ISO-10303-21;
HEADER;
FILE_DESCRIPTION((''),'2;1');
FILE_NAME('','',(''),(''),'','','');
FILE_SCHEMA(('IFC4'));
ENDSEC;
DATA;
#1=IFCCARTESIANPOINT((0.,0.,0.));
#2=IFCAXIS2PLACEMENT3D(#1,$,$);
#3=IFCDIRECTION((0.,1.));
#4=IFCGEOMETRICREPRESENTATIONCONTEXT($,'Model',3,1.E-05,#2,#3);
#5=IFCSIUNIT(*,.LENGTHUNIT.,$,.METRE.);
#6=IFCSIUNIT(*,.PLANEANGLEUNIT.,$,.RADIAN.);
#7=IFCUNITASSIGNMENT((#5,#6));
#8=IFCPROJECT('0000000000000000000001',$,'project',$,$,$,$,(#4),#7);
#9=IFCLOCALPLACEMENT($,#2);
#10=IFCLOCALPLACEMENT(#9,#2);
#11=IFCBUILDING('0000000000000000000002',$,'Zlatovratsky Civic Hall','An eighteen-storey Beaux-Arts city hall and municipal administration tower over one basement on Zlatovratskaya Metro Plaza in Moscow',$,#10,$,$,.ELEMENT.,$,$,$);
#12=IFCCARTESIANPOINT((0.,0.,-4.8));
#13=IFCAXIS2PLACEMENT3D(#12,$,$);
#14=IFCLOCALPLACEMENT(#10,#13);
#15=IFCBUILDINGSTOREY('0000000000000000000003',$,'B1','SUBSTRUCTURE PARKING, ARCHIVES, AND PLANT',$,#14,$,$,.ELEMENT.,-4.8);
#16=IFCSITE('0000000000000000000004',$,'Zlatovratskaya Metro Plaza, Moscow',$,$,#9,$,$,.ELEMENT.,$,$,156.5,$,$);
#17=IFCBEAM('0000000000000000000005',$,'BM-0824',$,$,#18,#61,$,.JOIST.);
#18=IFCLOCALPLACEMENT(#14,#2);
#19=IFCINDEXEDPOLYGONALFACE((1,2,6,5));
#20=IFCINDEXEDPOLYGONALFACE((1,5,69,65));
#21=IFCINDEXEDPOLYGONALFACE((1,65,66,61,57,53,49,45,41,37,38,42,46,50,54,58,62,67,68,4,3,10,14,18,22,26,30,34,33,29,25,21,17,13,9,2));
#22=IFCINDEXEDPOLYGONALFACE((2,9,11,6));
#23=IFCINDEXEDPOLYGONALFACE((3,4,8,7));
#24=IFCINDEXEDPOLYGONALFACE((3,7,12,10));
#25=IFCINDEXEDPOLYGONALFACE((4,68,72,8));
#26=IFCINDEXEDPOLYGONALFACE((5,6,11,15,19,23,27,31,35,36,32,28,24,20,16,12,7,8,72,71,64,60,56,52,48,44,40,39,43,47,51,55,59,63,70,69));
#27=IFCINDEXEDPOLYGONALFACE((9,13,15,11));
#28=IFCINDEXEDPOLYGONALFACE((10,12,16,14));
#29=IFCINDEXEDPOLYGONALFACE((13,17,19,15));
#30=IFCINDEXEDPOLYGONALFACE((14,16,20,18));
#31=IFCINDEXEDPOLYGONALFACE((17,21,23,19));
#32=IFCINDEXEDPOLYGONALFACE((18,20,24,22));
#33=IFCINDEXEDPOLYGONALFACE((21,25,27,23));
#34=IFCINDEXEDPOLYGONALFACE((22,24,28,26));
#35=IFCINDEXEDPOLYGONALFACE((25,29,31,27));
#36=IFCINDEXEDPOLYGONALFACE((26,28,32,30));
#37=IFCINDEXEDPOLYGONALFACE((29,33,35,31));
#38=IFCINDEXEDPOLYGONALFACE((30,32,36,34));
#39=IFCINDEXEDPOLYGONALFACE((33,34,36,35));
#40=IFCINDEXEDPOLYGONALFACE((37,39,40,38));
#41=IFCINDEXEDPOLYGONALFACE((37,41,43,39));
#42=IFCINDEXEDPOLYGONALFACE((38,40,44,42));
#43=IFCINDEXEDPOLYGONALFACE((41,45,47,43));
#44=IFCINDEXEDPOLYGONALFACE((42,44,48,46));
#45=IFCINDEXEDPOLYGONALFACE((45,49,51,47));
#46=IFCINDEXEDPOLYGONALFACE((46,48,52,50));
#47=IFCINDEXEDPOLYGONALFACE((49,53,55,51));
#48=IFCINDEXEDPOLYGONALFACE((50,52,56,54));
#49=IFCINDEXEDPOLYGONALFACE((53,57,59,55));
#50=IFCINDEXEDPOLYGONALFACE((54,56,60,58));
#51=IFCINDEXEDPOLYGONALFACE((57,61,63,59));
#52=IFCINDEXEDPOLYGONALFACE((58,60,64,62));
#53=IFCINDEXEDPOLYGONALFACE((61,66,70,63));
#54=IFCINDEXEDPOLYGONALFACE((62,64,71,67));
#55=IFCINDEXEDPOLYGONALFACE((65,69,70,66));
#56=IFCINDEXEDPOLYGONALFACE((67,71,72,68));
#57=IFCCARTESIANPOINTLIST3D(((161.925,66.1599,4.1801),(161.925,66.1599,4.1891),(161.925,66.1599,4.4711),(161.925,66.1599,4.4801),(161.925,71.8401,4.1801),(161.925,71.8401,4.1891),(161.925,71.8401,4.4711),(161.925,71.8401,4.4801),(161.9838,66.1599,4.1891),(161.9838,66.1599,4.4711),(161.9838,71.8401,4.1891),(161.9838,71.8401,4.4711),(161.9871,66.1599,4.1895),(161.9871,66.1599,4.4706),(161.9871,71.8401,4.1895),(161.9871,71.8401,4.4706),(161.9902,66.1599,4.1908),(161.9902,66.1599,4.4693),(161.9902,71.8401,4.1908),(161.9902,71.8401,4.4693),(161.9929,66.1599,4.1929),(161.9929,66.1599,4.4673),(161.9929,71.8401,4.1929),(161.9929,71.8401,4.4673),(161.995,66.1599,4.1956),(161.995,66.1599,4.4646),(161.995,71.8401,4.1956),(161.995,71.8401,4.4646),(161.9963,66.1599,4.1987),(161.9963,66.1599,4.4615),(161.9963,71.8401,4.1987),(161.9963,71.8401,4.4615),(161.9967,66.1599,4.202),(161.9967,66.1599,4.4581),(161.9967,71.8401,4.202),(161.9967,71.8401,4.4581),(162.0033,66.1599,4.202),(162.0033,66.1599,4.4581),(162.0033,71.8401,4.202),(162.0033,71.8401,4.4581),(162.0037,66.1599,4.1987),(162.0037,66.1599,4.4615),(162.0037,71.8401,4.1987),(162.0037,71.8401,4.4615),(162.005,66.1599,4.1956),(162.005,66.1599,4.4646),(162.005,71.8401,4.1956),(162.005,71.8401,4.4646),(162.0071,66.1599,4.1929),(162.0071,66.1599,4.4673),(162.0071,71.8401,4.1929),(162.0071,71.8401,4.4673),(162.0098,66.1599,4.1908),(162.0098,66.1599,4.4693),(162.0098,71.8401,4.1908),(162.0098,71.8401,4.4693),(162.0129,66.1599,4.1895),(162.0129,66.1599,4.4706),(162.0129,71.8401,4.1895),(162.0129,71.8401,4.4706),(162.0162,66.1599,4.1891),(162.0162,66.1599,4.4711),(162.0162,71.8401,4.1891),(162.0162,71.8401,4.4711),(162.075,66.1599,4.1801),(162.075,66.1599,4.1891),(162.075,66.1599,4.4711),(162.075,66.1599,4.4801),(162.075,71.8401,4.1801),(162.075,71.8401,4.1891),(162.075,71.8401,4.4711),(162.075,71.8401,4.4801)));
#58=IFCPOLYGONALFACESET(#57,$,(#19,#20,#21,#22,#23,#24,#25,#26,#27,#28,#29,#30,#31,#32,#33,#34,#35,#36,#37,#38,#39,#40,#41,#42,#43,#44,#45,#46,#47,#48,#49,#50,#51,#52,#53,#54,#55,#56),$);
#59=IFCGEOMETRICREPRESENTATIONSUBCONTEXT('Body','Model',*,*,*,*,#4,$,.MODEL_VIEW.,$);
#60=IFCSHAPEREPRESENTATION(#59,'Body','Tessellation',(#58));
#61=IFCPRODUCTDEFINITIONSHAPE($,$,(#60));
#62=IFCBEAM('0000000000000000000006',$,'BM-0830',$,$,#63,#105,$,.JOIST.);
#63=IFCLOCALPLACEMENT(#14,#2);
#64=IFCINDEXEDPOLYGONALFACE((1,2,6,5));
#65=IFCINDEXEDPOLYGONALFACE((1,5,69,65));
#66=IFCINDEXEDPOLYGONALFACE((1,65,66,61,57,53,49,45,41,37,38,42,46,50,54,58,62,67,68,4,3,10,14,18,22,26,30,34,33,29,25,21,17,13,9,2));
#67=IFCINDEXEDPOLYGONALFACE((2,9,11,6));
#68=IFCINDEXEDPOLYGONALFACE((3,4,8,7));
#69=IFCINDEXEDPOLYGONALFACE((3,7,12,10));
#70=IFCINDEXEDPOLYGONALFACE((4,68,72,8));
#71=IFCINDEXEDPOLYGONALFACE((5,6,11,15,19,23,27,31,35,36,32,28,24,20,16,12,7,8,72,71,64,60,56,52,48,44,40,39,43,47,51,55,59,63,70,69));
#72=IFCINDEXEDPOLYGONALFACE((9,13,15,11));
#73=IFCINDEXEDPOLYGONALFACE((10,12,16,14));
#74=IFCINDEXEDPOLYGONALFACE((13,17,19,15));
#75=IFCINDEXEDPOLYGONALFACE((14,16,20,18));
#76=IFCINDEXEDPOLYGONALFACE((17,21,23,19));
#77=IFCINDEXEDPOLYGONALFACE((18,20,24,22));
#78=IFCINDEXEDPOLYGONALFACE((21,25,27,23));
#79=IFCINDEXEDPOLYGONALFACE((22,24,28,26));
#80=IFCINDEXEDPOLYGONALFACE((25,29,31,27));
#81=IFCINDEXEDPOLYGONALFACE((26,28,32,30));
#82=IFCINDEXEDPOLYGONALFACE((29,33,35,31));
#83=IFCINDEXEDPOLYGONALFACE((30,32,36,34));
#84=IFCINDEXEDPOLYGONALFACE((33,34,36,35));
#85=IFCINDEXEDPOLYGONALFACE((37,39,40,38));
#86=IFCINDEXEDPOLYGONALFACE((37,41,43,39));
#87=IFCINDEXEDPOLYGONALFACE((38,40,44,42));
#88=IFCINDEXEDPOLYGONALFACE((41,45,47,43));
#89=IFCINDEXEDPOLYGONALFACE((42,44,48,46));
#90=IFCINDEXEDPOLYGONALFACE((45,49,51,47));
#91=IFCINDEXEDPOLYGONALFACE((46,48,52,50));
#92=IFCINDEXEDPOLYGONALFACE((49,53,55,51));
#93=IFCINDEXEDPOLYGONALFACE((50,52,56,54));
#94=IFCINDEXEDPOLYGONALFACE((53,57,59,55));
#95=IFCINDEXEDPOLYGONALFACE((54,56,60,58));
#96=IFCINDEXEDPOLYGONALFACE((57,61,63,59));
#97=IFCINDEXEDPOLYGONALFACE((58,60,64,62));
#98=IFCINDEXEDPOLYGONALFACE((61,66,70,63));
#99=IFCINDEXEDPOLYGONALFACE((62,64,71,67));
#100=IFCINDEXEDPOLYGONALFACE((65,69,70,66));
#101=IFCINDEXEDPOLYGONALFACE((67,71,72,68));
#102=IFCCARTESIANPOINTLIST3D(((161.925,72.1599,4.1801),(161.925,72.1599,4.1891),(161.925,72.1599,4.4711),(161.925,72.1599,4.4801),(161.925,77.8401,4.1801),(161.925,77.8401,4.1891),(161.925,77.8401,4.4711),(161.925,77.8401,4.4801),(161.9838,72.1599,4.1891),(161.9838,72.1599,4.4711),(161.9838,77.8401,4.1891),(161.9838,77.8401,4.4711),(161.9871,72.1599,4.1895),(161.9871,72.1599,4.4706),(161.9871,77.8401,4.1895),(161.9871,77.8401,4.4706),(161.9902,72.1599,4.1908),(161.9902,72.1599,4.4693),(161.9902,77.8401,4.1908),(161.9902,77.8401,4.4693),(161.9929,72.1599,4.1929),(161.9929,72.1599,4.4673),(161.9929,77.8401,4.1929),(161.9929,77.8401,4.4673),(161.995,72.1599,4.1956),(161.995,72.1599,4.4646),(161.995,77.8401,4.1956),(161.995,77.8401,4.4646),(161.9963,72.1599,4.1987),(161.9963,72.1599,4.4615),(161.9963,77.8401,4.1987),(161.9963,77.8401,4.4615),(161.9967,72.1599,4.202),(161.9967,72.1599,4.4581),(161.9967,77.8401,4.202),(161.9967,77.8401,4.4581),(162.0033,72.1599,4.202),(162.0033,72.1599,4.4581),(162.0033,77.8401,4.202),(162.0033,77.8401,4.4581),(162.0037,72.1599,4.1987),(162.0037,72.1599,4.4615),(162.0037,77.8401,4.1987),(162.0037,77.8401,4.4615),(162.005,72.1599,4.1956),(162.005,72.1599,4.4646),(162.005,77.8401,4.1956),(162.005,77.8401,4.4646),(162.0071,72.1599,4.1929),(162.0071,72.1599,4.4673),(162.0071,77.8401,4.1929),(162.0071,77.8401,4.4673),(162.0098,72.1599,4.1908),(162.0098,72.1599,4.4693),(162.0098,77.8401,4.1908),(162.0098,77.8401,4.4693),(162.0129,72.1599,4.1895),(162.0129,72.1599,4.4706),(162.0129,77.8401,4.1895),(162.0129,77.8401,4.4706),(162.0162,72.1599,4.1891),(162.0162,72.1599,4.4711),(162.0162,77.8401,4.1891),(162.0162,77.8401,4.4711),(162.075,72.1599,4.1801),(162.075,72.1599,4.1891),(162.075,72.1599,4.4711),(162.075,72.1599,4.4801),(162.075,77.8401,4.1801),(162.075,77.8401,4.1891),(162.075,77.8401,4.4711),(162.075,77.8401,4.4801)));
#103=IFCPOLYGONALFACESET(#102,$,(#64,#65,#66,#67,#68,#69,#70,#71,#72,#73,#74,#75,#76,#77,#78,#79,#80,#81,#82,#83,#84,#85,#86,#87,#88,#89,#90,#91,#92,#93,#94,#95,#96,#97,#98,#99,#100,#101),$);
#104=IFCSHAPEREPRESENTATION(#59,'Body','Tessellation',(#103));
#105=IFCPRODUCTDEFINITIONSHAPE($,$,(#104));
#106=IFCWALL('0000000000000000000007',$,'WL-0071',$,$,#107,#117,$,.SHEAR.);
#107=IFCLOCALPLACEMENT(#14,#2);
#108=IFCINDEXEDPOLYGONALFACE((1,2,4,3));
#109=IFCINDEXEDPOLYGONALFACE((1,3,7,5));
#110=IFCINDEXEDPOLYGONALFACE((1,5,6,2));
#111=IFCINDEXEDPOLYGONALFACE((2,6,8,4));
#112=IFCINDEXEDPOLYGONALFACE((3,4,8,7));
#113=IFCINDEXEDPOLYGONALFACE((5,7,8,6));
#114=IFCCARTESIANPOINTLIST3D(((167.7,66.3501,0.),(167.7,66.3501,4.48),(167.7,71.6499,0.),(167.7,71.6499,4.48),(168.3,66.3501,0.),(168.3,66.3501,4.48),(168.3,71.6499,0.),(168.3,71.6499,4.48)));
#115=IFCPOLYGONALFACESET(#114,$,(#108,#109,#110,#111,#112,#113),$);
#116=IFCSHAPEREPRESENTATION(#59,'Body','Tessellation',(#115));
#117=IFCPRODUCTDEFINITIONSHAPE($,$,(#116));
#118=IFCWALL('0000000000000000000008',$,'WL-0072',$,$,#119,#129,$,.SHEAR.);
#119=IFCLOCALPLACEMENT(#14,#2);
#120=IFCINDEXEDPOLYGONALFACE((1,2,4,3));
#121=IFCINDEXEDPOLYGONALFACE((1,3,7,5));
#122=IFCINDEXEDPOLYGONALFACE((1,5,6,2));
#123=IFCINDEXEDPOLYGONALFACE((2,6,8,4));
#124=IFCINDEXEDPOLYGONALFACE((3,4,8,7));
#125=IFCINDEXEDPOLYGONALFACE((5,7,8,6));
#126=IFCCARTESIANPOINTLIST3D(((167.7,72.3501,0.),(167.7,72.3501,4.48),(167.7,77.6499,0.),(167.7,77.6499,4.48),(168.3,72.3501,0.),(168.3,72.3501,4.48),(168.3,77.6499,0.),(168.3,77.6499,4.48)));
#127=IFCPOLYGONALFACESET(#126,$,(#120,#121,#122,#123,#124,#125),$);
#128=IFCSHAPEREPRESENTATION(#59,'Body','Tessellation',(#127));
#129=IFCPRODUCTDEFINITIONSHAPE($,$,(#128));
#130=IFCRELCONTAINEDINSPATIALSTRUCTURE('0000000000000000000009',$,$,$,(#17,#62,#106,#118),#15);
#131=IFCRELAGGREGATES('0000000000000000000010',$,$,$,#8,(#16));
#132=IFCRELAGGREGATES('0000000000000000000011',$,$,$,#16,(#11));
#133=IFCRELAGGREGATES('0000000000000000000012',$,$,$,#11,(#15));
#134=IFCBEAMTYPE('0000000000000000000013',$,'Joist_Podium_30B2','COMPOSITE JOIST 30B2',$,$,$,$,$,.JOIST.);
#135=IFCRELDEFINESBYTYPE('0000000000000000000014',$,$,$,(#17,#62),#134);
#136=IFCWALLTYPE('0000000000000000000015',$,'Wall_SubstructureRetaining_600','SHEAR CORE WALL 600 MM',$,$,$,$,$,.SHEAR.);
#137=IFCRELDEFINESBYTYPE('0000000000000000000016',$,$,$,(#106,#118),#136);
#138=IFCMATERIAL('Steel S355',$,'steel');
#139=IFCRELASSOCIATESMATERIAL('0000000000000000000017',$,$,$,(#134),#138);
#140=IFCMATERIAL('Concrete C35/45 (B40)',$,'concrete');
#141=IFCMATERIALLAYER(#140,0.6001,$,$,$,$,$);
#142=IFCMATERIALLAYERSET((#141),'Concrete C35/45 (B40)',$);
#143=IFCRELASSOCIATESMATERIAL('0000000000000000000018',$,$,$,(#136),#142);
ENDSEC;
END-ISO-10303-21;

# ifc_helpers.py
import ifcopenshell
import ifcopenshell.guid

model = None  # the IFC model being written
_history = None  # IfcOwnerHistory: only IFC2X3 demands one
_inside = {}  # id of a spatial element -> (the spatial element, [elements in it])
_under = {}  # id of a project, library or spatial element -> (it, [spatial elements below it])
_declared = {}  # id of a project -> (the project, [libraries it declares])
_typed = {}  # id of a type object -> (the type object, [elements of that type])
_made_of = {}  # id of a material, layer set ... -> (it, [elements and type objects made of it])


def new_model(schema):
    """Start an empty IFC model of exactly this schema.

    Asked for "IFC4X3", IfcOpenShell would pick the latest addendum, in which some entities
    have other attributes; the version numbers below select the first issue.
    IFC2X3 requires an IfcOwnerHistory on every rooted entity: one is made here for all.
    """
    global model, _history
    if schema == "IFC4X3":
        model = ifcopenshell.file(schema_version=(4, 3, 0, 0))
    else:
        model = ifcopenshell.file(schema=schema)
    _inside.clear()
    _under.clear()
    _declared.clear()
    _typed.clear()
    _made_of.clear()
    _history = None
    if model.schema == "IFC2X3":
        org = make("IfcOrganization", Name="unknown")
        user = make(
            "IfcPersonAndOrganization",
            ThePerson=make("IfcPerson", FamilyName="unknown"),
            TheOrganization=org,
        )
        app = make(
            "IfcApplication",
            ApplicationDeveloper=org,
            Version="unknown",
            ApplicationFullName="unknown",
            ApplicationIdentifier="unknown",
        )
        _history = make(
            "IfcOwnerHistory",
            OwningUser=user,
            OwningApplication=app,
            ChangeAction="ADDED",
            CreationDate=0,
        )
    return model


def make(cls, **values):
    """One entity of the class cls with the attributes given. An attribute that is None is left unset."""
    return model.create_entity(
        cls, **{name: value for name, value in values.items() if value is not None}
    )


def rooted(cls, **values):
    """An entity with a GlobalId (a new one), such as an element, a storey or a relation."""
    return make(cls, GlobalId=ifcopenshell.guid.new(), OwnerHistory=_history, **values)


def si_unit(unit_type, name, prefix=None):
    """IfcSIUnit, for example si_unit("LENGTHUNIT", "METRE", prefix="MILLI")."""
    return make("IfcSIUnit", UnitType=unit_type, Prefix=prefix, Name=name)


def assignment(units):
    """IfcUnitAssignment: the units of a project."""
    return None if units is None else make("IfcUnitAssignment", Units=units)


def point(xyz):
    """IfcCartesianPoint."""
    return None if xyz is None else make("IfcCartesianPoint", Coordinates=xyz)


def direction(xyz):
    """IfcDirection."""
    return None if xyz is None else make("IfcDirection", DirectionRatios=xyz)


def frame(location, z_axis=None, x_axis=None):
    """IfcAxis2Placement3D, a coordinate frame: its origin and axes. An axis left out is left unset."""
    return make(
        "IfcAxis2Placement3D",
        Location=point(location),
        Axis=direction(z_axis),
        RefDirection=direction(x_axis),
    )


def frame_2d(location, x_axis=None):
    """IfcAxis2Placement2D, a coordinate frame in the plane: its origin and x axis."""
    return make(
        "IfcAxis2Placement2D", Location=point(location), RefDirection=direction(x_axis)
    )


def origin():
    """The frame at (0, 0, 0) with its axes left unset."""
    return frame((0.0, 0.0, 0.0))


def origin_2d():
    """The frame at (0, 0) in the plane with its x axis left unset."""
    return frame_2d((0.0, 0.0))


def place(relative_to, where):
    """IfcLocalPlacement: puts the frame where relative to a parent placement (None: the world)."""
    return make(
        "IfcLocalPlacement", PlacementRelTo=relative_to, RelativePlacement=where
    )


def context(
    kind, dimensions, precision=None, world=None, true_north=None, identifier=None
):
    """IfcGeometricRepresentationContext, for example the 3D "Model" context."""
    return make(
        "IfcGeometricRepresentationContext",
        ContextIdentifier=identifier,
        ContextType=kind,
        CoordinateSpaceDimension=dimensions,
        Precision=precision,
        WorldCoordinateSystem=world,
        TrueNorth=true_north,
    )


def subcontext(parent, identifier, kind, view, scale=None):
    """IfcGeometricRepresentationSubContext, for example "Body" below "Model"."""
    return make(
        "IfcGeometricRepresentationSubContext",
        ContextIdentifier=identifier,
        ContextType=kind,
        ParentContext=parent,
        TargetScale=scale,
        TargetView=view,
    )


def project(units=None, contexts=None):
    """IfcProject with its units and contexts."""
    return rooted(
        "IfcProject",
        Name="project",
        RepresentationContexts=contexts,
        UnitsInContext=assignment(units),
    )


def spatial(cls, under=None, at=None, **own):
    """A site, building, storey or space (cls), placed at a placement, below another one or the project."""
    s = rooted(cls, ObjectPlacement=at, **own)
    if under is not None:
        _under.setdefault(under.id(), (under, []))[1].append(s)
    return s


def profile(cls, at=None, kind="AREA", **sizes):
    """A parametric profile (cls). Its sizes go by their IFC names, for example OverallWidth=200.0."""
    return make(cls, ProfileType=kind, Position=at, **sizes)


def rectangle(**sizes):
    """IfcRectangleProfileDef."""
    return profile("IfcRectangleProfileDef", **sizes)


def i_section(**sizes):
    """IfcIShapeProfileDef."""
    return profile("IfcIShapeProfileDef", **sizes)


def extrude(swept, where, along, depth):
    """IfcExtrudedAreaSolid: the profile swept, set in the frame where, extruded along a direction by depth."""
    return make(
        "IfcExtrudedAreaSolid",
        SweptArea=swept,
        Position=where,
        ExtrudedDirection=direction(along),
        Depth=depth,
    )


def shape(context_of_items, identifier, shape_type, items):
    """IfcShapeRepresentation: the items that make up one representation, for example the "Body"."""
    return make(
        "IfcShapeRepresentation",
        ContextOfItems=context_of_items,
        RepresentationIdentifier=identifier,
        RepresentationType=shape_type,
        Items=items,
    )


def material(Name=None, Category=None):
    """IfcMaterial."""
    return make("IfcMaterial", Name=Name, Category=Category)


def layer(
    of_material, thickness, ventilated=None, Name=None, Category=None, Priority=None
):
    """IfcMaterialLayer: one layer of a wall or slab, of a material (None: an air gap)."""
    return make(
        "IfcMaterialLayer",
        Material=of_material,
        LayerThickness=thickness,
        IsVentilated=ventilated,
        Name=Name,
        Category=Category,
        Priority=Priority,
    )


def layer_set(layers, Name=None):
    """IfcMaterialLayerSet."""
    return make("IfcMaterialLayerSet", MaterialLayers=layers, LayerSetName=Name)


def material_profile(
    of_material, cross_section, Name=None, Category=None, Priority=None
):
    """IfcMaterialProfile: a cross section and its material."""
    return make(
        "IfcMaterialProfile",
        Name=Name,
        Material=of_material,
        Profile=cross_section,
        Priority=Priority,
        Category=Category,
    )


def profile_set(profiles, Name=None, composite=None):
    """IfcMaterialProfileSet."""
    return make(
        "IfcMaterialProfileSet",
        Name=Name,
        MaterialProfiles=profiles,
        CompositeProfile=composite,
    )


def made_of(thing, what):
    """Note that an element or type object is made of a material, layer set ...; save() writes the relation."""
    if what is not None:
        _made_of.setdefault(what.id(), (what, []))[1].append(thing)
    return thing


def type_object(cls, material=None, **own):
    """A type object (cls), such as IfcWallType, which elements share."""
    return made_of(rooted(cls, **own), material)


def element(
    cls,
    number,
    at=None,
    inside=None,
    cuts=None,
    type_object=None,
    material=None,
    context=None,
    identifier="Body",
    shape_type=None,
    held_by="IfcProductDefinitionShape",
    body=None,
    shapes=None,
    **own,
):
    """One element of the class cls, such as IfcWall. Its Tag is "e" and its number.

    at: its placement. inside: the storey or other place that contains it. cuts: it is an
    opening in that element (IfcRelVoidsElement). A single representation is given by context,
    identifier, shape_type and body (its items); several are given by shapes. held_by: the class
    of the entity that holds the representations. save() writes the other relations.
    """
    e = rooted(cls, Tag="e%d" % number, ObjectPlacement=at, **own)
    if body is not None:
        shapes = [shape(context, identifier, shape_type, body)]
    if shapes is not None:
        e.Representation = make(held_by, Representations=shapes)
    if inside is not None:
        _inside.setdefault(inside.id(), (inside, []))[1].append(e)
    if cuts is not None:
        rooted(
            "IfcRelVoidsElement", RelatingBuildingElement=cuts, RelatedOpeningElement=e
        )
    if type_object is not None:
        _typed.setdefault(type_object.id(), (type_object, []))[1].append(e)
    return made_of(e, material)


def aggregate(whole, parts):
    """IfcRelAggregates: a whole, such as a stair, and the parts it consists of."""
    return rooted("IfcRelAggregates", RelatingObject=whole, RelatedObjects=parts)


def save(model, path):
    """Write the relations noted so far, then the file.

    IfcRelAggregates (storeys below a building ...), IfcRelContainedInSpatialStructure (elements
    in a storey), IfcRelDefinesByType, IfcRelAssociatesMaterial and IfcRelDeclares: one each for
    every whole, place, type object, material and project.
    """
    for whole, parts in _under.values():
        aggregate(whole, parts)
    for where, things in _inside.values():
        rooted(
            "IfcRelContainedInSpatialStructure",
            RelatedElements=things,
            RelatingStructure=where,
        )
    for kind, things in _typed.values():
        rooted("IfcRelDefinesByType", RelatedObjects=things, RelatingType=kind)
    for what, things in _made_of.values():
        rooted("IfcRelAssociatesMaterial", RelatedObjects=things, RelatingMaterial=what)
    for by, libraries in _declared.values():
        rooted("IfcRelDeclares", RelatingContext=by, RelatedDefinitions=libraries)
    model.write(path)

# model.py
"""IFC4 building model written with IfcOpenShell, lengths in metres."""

from ifc_helpers import new_model, si_unit, direction, frame, frame_2d, origin, origin_2d, place, context, subcontext, project, spatial, rectangle, i_section, extrude, material, layer, layer_set, material_profile, profile_set, type_object, element, save


model = new_model("IFC4")

# Units and contexts
model_context = context("Model", 3, precision=1e-05, world=origin(), true_north=direction((0.0, 1.0)))
body_context = subcontext(model_context, "Body", "Model", "MODEL_VIEW")
ifc_project = project(units=[si_unit("LENGTHUNIT", "METRE"), si_unit("PLANEANGLEUNIT", "RADIAN")], contexts=[model_context])

# Site, building, storey
site_placement = place(None, origin())
site = spatial("IfcSite", under=ifc_project, at=site_placement, Name="Zlatovratskaya Metro Plaza, Moscow", CompositionType="ELEMENT", RefElevation=156.5)
building_placement = place(site_placement, origin())
building = spatial("IfcBuilding", under=site, at=building_placement, Name="Zlatovratsky Civic Hall", Description="An eighteen-storey Beaux-Arts city hall and municipal administration tower over one basement on Zlatovratskaya Metro Plaza in Moscow", CompositionType="ELEMENT")
storey_placement = place(building_placement, frame((0.0, 0.0, -4.8)))
storey = spatial("IfcBuildingStorey", under=building, at=storey_placement, Name="B1", Description="SUBSTRUCTURE PARKING, ARCHIVES, AND PLANT", CompositionType="ELEMENT", Elevation=-4.8)

# Shared definitions
ifc_material_1 = material(Name="Concrete C35/45 (B40)", Category="concrete")
ifc_material_2 = material(Name="Steel S355", Category="steel")

# Beams
ifc_material_profile_1 = material_profile(ifc_material_2, i_section(OverallWidth=0.1499, OverallDepth=0.3, WebThickness=0.0066, FlangeThickness=0.009, FilletRadius=0.0129, at=origin_2d()), Name="30B2")
ifc_profile_set_1 = profile_set([ifc_material_profile_1], Name="Steel S355")
beam_type_1 = type_object("IfcBeamType", Name="Joist_Podium_30B2", Description="COMPOSITE JOIST 30B2", PredefinedType="JOIST", material=ifc_profile_set_1)
for number, where, z_axis, x_axis, name in (
    (1, (162.0, 66.1599, 4.3301), (0.0, 1.0, 0.0), (-1.0, 0.0, 0.0), "BM-0824"),
    (2, (162.0, 72.1599, 4.3301), (0.0, 1.0, 0.0), (-1.0, 0.0, 0.0), "BM-0830"),
):
    element("IfcBeam", number, at=place(storey_placement, frame(where, z_axis=z_axis, x_axis=x_axis)), inside=storey, type_object=beam_type_1, Name=name, PredefinedType="JOIST", context=body_context, shape_type="SweptSolid", body=[
        extrude(i_section(OverallWidth=0.1499, OverallDepth=0.3, WebThickness=0.0066, FlangeThickness=0.009, FilletRadius=0.0129, at=origin_2d()), origin(), (0.0, 0.0, 1.0), 5.6802),
    ])

# Walls
ifc_layer = layer(ifc_material_1, 0.6001)
ifc_layer_set = layer_set([ifc_layer], Name="Concrete C35/45 (B40)")
wall_type = type_object("IfcWallType", Name="Wall_SubstructureRetaining_600", Description="SHEAR CORE WALL 600 MM", PredefinedType="SHEAR", material=ifc_layer_set)
for number, where, z_axis, x_axis, name in (
    (3, (168.0, 66.3501, 0.0), (0.0, 0.0, 1.0), (0.0, 1.0, 0.0), "WL-0071"),
    (4, (168.0, 72.3501, 0.0), (0.0, 0.0, 1.0), (0.0, 1.0, 0.0), "WL-0072"),
):
    element("IfcWall", number, at=place(storey_placement, frame(where, z_axis=z_axis, x_axis=x_axis)), inside=storey, type_object=wall_type, Name=name, PredefinedType="SHEAR", context=body_context, shape_type="SweptSolid", body=[
        extrude(rectangle(XDim=5.2998, YDim=0.6001, at=frame_2d((2.6499, 0.0))), origin(), (0.0, 0.0, 1.0), 4.48),
    ])

save(model, "model.ifc")
